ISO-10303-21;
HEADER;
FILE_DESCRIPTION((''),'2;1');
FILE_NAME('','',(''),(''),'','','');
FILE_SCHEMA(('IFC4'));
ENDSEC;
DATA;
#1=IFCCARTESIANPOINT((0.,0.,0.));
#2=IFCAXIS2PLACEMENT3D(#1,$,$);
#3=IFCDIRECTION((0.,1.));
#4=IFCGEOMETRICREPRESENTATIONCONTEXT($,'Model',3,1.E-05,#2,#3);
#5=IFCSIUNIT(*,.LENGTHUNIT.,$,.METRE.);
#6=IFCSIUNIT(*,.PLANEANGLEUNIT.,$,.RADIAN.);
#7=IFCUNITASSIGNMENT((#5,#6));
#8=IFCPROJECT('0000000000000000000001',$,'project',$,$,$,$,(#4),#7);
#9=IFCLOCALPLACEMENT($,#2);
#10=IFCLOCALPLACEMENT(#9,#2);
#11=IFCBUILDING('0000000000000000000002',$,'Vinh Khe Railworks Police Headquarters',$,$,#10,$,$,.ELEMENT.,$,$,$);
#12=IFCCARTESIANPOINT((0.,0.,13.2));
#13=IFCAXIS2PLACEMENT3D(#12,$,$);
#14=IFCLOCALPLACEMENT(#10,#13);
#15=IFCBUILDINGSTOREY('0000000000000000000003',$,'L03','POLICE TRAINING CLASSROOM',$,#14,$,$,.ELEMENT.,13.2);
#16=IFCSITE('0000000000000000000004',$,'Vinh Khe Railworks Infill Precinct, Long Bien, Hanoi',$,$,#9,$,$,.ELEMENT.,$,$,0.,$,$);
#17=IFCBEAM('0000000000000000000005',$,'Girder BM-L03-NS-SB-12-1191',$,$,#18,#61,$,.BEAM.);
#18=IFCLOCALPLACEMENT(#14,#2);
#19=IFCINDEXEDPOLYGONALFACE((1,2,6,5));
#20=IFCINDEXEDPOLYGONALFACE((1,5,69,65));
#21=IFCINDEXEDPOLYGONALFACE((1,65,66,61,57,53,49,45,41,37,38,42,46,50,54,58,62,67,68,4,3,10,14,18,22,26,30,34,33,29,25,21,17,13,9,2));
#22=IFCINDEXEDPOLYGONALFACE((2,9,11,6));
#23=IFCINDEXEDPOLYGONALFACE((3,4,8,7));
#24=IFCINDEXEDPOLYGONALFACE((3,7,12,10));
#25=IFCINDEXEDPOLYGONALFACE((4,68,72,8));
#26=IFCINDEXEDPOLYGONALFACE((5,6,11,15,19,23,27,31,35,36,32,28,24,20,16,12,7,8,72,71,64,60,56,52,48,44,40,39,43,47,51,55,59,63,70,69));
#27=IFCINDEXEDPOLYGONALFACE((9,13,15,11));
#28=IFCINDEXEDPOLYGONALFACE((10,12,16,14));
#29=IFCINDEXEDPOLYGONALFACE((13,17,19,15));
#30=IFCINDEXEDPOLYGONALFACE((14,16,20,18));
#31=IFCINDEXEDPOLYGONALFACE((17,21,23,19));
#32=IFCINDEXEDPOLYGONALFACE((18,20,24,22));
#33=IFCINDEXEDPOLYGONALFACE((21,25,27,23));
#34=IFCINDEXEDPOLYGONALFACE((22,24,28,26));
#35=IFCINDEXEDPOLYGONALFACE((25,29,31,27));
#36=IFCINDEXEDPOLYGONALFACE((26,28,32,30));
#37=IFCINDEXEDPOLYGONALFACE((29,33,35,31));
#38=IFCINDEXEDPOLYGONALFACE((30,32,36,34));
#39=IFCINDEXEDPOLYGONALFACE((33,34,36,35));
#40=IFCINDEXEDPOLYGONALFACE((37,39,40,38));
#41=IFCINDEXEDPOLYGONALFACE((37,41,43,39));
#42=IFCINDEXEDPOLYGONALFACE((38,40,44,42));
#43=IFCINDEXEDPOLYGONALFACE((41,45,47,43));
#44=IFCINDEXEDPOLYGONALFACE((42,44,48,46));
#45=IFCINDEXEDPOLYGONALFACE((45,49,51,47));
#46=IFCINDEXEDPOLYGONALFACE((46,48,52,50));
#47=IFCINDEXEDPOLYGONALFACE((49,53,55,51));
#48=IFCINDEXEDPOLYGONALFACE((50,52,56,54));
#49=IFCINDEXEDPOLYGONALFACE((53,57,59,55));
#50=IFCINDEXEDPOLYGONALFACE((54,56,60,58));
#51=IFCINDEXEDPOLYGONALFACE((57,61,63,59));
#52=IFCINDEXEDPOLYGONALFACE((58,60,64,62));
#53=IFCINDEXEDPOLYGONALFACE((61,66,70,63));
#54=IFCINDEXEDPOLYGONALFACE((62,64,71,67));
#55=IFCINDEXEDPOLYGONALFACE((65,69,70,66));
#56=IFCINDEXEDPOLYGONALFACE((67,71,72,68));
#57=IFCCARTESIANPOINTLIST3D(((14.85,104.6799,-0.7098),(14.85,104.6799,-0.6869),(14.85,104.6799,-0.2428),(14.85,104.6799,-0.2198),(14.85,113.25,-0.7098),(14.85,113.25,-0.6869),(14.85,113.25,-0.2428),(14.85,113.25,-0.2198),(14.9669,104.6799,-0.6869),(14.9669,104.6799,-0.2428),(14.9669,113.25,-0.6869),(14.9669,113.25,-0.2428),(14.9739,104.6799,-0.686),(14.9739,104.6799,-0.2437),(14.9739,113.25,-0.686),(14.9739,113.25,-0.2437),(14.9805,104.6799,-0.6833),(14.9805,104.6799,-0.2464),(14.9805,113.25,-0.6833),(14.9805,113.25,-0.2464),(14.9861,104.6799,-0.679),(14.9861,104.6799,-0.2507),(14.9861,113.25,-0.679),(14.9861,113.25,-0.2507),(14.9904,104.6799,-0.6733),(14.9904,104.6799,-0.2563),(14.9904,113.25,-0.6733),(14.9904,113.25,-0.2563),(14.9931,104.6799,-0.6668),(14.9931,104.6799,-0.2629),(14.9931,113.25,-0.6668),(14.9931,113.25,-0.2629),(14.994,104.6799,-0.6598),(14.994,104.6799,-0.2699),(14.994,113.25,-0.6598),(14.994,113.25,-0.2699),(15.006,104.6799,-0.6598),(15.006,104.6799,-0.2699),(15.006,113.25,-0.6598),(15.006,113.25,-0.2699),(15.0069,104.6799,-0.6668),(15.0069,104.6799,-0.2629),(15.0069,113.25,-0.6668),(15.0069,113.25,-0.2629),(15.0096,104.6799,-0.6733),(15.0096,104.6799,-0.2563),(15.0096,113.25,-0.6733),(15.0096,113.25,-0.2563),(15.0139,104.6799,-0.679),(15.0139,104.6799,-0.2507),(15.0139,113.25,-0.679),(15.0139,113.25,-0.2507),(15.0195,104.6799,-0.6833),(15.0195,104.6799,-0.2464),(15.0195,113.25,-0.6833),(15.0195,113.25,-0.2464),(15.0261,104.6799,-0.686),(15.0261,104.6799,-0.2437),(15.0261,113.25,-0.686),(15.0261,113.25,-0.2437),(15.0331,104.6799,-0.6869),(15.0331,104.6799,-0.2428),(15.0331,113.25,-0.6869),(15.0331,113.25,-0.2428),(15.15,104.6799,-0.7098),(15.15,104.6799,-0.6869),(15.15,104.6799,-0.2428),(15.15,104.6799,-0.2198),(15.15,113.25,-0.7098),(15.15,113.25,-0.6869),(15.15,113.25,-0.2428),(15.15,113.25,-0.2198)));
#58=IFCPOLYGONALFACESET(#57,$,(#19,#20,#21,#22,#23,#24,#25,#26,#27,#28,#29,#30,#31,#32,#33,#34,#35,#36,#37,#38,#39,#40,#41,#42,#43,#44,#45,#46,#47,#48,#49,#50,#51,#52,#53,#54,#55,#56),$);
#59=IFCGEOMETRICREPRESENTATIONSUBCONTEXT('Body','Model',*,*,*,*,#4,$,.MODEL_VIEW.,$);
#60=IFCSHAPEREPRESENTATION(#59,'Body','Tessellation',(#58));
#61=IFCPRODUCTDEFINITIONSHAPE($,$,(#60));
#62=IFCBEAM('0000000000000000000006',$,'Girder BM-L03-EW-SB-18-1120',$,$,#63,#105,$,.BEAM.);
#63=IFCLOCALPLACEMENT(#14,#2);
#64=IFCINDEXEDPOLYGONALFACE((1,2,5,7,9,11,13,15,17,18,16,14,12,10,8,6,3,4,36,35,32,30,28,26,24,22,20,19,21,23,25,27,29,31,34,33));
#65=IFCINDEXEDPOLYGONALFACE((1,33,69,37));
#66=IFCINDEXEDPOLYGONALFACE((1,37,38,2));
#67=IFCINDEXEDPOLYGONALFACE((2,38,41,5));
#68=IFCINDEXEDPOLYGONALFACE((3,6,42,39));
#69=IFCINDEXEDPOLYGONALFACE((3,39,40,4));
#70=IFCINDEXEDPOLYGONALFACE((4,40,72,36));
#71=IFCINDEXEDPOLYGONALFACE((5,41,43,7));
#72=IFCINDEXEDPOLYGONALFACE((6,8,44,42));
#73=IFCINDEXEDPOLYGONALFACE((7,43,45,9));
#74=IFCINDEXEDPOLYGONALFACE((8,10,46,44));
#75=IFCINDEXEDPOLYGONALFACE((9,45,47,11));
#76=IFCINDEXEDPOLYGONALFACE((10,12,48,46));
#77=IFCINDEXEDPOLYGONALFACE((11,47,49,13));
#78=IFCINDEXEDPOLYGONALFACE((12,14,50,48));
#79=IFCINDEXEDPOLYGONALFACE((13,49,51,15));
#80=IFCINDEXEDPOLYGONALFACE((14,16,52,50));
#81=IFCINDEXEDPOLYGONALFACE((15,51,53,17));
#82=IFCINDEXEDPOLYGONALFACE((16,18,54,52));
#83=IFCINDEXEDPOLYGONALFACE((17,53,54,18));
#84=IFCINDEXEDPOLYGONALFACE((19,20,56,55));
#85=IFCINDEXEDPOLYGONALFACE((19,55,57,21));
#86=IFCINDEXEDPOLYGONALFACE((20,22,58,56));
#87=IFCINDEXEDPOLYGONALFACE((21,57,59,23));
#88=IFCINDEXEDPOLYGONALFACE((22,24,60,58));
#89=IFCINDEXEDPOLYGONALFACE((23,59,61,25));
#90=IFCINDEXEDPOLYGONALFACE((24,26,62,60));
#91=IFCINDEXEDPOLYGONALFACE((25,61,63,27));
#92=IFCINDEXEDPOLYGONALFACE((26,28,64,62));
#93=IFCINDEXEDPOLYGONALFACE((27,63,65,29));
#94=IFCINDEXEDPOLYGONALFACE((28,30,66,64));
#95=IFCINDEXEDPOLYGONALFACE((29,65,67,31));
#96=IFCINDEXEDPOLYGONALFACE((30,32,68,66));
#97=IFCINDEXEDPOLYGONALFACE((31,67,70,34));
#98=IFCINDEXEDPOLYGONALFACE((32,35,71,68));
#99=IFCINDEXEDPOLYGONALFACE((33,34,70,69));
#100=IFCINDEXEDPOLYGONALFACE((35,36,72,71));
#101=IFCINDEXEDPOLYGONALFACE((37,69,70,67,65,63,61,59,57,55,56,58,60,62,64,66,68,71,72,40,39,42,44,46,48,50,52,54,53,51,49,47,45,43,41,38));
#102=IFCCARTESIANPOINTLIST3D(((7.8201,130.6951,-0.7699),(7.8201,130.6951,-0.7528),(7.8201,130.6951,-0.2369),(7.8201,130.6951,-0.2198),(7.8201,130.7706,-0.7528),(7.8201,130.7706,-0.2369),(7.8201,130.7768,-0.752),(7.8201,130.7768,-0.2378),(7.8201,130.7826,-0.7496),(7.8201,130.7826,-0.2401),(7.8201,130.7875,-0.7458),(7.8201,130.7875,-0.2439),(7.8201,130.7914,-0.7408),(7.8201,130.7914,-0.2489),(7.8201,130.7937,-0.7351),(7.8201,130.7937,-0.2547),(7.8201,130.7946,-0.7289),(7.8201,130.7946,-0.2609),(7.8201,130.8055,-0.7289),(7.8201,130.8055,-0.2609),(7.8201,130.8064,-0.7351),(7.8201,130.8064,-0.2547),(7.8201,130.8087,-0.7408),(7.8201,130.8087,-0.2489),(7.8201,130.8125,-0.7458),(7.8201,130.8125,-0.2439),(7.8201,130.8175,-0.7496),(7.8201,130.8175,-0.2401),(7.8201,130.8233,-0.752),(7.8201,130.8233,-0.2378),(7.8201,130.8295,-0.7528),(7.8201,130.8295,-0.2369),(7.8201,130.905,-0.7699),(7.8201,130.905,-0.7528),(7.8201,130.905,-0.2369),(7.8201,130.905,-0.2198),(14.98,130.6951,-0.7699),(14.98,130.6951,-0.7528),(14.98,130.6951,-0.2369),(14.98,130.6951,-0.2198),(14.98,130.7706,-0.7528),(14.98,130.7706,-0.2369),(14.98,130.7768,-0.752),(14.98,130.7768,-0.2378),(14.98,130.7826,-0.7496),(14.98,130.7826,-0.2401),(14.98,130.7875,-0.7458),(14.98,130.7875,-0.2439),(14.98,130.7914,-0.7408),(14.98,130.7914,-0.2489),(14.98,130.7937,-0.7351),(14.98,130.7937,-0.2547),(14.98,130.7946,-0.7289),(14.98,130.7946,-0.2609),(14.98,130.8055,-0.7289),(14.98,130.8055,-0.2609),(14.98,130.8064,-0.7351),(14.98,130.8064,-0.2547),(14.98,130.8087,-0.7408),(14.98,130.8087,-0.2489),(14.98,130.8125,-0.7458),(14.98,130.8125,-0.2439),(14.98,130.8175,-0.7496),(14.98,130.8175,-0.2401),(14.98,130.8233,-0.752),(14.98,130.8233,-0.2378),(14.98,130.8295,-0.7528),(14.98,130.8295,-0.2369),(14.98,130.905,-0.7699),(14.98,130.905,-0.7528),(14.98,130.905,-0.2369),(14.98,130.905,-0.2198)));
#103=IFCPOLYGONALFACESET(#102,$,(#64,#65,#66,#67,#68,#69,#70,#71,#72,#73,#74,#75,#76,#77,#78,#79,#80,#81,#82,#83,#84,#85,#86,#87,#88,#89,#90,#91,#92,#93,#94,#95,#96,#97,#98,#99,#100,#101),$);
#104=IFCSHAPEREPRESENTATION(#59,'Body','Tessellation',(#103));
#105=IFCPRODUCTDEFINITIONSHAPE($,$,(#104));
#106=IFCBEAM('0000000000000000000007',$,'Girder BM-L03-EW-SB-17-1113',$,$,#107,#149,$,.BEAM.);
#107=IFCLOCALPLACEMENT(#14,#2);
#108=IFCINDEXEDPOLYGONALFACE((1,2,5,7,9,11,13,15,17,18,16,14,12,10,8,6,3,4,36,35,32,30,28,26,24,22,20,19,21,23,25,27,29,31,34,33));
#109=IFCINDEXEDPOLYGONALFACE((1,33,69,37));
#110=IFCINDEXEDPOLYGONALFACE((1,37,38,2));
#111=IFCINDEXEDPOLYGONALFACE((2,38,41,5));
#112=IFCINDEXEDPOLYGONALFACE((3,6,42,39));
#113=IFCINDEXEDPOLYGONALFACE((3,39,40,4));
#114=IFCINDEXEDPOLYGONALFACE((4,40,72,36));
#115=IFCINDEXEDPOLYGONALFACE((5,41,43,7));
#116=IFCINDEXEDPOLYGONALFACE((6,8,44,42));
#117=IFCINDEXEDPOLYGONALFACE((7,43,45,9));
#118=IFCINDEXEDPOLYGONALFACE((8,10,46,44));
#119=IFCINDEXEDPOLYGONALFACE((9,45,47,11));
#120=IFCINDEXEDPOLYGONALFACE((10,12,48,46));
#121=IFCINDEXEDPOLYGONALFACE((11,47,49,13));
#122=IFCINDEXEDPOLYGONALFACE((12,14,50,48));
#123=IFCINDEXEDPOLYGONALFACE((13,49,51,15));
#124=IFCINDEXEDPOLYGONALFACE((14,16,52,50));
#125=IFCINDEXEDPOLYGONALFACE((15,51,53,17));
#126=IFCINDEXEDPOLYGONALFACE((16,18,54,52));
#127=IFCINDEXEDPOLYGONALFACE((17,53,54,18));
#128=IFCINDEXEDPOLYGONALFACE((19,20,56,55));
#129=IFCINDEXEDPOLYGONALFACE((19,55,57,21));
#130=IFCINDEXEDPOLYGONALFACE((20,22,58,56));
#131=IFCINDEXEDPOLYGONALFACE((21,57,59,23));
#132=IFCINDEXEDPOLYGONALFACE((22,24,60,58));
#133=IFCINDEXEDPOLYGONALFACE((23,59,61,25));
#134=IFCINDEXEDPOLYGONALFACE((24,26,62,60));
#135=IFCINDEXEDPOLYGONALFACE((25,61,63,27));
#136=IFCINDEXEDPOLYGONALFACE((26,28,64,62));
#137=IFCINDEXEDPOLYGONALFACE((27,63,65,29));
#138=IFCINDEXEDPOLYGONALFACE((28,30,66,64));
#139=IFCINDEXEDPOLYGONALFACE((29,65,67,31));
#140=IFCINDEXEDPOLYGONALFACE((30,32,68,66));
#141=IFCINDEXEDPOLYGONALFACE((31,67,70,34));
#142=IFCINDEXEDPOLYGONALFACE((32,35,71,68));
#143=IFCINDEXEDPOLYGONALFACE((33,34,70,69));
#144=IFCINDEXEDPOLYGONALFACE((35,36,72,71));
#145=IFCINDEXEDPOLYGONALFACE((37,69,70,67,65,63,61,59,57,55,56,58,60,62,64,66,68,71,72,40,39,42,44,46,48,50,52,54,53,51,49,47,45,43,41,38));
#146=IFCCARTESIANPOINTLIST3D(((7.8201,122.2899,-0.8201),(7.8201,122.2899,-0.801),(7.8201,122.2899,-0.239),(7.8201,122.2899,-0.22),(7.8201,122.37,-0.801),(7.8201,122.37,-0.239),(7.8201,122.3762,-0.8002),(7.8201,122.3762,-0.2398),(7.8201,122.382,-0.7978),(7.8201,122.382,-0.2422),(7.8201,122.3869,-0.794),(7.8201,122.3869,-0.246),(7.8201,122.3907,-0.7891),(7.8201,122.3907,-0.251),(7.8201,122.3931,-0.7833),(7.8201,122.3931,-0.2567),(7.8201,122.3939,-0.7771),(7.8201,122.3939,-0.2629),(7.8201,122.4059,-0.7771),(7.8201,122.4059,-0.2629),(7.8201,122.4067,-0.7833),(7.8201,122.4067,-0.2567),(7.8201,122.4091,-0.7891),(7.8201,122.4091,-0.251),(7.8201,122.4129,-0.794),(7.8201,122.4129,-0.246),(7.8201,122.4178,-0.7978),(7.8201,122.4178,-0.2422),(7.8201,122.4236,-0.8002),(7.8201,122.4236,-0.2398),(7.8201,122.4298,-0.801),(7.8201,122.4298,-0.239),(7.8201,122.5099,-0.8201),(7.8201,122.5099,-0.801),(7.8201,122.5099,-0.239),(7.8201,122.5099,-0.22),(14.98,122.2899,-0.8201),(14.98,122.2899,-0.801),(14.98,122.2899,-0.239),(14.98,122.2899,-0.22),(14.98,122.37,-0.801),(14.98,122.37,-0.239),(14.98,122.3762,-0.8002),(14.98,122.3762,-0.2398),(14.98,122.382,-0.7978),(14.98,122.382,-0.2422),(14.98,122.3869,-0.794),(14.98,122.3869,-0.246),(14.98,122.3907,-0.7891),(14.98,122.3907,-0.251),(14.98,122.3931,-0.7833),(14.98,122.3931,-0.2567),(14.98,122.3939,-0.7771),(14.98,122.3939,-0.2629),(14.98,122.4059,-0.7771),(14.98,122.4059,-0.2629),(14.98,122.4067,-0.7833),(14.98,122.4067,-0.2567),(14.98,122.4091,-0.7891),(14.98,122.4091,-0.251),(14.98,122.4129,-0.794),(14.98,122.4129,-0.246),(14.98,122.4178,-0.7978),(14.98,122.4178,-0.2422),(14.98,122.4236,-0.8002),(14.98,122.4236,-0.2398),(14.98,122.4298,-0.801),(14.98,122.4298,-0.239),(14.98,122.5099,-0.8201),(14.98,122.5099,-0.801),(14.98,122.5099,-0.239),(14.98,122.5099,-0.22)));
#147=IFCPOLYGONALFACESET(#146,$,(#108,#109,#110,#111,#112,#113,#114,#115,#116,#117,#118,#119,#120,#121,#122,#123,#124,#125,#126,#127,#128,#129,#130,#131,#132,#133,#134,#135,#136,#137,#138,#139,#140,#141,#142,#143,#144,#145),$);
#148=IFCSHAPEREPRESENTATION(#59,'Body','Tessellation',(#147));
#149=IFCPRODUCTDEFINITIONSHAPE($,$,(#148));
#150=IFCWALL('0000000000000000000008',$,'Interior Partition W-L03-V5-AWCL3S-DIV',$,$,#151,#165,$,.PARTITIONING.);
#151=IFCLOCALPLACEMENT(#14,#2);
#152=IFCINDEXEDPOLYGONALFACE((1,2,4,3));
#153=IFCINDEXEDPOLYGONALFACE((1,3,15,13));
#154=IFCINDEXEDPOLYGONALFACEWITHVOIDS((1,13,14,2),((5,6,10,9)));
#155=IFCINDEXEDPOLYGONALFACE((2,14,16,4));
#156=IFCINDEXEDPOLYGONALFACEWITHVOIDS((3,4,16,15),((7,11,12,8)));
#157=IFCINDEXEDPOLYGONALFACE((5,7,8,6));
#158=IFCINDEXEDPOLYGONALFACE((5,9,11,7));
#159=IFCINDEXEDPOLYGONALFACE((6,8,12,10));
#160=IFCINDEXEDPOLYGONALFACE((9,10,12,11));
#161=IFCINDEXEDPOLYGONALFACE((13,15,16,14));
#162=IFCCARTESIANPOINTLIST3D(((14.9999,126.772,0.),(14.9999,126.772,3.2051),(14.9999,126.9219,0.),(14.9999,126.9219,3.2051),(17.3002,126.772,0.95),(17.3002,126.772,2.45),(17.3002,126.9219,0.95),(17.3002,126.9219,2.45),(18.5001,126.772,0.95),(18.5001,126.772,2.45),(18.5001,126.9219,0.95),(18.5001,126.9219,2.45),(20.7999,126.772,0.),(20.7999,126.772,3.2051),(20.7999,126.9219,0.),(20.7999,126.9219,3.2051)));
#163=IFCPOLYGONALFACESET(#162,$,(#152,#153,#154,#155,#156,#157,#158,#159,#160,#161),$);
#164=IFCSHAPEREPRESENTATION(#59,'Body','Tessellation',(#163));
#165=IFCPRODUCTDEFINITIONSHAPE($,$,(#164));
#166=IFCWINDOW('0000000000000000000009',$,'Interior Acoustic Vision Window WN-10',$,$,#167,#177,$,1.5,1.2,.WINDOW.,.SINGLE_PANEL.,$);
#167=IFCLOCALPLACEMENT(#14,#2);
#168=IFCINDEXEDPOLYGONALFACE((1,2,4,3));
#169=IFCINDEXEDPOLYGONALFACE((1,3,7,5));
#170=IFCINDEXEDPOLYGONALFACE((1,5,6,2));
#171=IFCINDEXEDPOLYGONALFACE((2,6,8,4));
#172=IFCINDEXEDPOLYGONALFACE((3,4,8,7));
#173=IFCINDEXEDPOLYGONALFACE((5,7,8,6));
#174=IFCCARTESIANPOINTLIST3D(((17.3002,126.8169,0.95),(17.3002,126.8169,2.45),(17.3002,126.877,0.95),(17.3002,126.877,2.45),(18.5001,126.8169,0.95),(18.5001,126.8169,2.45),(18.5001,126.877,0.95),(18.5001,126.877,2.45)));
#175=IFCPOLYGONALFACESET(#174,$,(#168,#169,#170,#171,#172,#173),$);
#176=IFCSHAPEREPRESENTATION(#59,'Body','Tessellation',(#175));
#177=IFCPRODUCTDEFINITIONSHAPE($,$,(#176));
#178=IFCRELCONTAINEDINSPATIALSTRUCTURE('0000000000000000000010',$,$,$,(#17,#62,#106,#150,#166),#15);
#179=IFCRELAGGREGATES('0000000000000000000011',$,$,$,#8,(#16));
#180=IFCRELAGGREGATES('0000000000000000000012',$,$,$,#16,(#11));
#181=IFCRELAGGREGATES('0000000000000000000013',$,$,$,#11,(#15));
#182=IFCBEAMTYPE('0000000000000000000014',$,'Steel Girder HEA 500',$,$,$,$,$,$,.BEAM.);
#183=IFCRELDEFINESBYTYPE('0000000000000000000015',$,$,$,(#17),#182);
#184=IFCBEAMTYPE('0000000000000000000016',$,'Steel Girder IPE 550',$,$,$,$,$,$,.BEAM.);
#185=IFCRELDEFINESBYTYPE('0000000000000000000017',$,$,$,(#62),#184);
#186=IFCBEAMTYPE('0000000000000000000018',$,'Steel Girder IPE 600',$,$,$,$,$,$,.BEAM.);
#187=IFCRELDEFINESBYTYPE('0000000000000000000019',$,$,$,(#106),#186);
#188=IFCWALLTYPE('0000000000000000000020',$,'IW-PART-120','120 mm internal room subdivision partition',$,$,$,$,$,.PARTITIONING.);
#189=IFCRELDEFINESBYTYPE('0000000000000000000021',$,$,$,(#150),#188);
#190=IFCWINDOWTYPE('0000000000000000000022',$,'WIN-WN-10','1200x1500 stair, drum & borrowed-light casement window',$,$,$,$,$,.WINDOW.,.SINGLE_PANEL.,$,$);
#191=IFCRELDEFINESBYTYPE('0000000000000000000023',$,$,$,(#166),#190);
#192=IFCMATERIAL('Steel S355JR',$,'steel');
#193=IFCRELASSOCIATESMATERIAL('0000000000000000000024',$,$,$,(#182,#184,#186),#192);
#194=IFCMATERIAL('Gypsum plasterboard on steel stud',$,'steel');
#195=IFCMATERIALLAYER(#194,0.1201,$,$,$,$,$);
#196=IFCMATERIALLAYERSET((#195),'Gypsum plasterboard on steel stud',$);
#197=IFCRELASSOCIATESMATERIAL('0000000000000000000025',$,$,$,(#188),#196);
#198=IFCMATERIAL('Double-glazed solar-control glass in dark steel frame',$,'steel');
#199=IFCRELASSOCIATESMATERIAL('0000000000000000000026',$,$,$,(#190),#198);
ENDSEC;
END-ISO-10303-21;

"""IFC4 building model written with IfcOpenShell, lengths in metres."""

from ifc_helpers import new_model, si_unit, direction, frame, frame_2d, origin, origin_2d, place, context, subcontext, project, spatial, rectangle, i_section, extrude, material, layer, layer_set, material_profile, profile_set, type_object, element, fill, save


model = new_model("IFC4")

# Units and contexts
model_context = context("Model", 3, precision=1e-05, world=origin(), true_north=direction((0.0, 1.0)))
body_context = subcontext(model_context, "Body", "Model", "MODEL_VIEW")
ifc_project = project(units=[si_unit("LENGTHUNIT", "METRE"), si_unit("PLANEANGLEUNIT", "RADIAN")], contexts=[model_context])

# Site, building, storey
site_placement = place(None, origin())
site = spatial("IfcSite", under=ifc_project, at=site_placement, Name="Vinh Khe Railworks Infill Precinct, Long Bien, Hanoi", CompositionType="ELEMENT", RefElevation=0.0)
building_placement = place(site_placement, origin())
building = spatial("IfcBuilding", under=site, at=building_placement, Name="Vinh Khe Railworks Police Headquarters", CompositionType="ELEMENT")
storey_placement = place(building_placement, frame((0.0, 0.0, 13.2)))
storey = spatial("IfcBuildingStorey", under=building, at=storey_placement, Name="L03", Description="POLICE TRAINING CLASSROOM", CompositionType="ELEMENT", Elevation=13.2)

# Shared definitions
ifc_material_1 = material(Name="Steel S355JR", Category="steel")

# Beams
ifc_material_profile_1 = material_profile(ifc_material_1, i_section(OverallWidth=0.3, OverallDepth=0.49, WebThickness=0.012, FlangeThickness=0.0229, FilletRadius=0.0271, at=origin_2d()), Name="HEA 500")
ifc_profile_set_1 = profile_set([ifc_material_profile_1], Name="Steel S355JR")
beam_type_1 = type_object("IfcBeamType", Name="Steel Girder HEA 500", PredefinedType="BEAM", material=ifc_profile_set_1)
beam_1_placement = place(storey_placement, frame((15.0, 104.6799, -0.4648), z_axis=(0.0, 1.0, 0.0), x_axis=(-1.0, 0.0, 0.0)))
element("IfcBeam", 1, at=beam_1_placement, inside=storey, type_object=beam_type_1, Name="Girder BM-L03-NS-SB-12-1191", PredefinedType="BEAM", context=body_context, shape_type="SweptSolid", body=[
    extrude(i_section(OverallWidth=0.3, OverallDepth=0.49, WebThickness=0.012, FlangeThickness=0.0229, FilletRadius=0.0271, at=origin_2d()), origin(), (0.0, 0.0, 1.0), 8.5701),
])
ifc_material_profile_2 = material_profile(ifc_material_1, i_section(OverallWidth=0.21, OverallDepth=0.55, WebThickness=0.011, FlangeThickness=0.0171, FilletRadius=0.0239, at=origin_2d()), Name="IPE 550")
ifc_profile_set_2 = profile_set([ifc_material_profile_2], Name="Steel S355JR")
beam_type_2 = type_object("IfcBeamType", Name="Steel Girder IPE 550", PredefinedType="BEAM", material=ifc_profile_set_2)
beam_2_placement = place(storey_placement, frame((7.8201, 130.8, -0.4949), z_axis=(1.0, 0.0, 0.0), x_axis=(0.0, 1.0, 0.0)))
element("IfcBeam", 2, at=beam_2_placement, inside=storey, type_object=beam_type_2, Name="Girder BM-L03-EW-SB-18-1120", PredefinedType="BEAM", context=body_context, shape_type="SweptSolid", body=[
    extrude(i_section(OverallWidth=0.21, OverallDepth=0.55, WebThickness=0.011, FlangeThickness=0.0171, FilletRadius=0.0239, at=origin_2d()), origin(), (0.0, 0.0, 1.0), 7.1599),
])
ifc_material_profile_3 = material_profile(ifc_material_1, i_section(OverallWidth=0.22, OverallDepth=0.6001, WebThickness=0.012, FlangeThickness=0.019, FilletRadius=0.0239, at=origin_2d()), Name="IPE 600")
ifc_profile_set_3 = profile_set([ifc_material_profile_3], Name="Steel S355JR")
beam_type_3 = type_object("IfcBeamType", Name="Steel Girder IPE 600", PredefinedType="BEAM", material=ifc_profile_set_3)
beam_3_placement = place(storey_placement, frame((7.8201, 122.3999, -0.52), z_axis=(1.0, 0.0, 0.0), x_axis=(0.0, 1.0, 0.0)))
element("IfcBeam", 3, at=beam_3_placement, inside=storey, type_object=beam_type_3, Name="Girder BM-L03-EW-SB-17-1113", PredefinedType="BEAM", context=body_context, shape_type="SweptSolid", body=[
    extrude(i_section(OverallWidth=0.22, OverallDepth=0.6001, WebThickness=0.012, FlangeThickness=0.019, FilletRadius=0.0239, at=origin_2d()), origin(), (0.0, 0.0, 1.0), 7.1599),
])

# Wall, opening, window
ifc_material_2 = material(Name="Gypsum plasterboard on steel stud", Category="steel")
ifc_layer_1 = layer(ifc_material_2, 0.1201)
ifc_layer_set_1 = layer_set([ifc_layer_1], Name="Gypsum plasterboard on steel stud")
wall_type_1 = type_object("IfcWallType", Name="IW-PART-120", Description="120 mm internal room subdivision partition", PredefinedType="PARTITIONING", material=ifc_layer_set_1)
wall_1_placement = place(storey_placement, frame((15.0, 126.8469, 0.0), z_axis=(0.0, 0.0, 1.0), x_axis=(1.0, 0.0, 0.0)))
wall_1 = element("IfcWall", 4, at=wall_1_placement, inside=storey, type_object=wall_type_1, Name="Interior Partition W-L03-V5-AWCL3S-DIV", PredefinedType="PARTITIONING", context=body_context, shape_type="SweptSolid", body=[
    extrude(rectangle(XDim=5.8, YDim=0.1499, at=frame_2d((2.8999, 0.0))), origin(), (0.0, 0.0, 1.0), 3.2051),
])
opening_1_placement = place(wall_1_placement, frame((2.3, 0.0, 0.95)))
opening_1 = element("IfcOpeningElement", 5, at=opening_1_placement, cuts=wall_1, PredefinedType="OPENING", context=body_context, shape_type="SweptSolid", body=[
    extrude(rectangle(XDim=1.2, YDim=1.5, at=frame_2d((0.6001, 0.75))), frame((0.0, 0.0898, 0.0), z_axis=(0.0, -1.0, 0.0), x_axis=(1.0, 0.0, 0.0)), (0.0, 0.0, 1.0), 0.1797),
])
ifc_material_3 = material(Name="Double-glazed solar-control glass in dark steel frame", Category="steel")
window_type_1 = type_object("IfcWindowType", Name="WIN-WN-10", Description="1200x1500 stair, drum & borrowed-light casement window", PartitioningType="SINGLE_PANEL", PredefinedType="WINDOW", material=ifc_material_3)
window_1_placement = place(opening_1_placement, origin())
window_1 = element("IfcWindow", 6, at=window_1_placement, inside=storey, type_object=window_type_1, Name="Interior Acoustic Vision Window WN-10", OverallHeight=1.5, OverallWidth=1.2, PartitioningType="SINGLE_PANEL", PredefinedType="WINDOW", context=body_context, shape_type="SweptSolid", body=[
    extrude(rectangle(XDim=1.2, YDim=1.5, at=frame_2d((0.6001, 0.75))), frame((0.0, 0.03, 0.0), z_axis=(0.0, -1.0, 0.0), x_axis=(1.0, 0.0, 0.0)), (0.0, 0.0, 1.0), 0.0601),
])
fill(opening_1, window_1)

save(model, "model.ifc")
